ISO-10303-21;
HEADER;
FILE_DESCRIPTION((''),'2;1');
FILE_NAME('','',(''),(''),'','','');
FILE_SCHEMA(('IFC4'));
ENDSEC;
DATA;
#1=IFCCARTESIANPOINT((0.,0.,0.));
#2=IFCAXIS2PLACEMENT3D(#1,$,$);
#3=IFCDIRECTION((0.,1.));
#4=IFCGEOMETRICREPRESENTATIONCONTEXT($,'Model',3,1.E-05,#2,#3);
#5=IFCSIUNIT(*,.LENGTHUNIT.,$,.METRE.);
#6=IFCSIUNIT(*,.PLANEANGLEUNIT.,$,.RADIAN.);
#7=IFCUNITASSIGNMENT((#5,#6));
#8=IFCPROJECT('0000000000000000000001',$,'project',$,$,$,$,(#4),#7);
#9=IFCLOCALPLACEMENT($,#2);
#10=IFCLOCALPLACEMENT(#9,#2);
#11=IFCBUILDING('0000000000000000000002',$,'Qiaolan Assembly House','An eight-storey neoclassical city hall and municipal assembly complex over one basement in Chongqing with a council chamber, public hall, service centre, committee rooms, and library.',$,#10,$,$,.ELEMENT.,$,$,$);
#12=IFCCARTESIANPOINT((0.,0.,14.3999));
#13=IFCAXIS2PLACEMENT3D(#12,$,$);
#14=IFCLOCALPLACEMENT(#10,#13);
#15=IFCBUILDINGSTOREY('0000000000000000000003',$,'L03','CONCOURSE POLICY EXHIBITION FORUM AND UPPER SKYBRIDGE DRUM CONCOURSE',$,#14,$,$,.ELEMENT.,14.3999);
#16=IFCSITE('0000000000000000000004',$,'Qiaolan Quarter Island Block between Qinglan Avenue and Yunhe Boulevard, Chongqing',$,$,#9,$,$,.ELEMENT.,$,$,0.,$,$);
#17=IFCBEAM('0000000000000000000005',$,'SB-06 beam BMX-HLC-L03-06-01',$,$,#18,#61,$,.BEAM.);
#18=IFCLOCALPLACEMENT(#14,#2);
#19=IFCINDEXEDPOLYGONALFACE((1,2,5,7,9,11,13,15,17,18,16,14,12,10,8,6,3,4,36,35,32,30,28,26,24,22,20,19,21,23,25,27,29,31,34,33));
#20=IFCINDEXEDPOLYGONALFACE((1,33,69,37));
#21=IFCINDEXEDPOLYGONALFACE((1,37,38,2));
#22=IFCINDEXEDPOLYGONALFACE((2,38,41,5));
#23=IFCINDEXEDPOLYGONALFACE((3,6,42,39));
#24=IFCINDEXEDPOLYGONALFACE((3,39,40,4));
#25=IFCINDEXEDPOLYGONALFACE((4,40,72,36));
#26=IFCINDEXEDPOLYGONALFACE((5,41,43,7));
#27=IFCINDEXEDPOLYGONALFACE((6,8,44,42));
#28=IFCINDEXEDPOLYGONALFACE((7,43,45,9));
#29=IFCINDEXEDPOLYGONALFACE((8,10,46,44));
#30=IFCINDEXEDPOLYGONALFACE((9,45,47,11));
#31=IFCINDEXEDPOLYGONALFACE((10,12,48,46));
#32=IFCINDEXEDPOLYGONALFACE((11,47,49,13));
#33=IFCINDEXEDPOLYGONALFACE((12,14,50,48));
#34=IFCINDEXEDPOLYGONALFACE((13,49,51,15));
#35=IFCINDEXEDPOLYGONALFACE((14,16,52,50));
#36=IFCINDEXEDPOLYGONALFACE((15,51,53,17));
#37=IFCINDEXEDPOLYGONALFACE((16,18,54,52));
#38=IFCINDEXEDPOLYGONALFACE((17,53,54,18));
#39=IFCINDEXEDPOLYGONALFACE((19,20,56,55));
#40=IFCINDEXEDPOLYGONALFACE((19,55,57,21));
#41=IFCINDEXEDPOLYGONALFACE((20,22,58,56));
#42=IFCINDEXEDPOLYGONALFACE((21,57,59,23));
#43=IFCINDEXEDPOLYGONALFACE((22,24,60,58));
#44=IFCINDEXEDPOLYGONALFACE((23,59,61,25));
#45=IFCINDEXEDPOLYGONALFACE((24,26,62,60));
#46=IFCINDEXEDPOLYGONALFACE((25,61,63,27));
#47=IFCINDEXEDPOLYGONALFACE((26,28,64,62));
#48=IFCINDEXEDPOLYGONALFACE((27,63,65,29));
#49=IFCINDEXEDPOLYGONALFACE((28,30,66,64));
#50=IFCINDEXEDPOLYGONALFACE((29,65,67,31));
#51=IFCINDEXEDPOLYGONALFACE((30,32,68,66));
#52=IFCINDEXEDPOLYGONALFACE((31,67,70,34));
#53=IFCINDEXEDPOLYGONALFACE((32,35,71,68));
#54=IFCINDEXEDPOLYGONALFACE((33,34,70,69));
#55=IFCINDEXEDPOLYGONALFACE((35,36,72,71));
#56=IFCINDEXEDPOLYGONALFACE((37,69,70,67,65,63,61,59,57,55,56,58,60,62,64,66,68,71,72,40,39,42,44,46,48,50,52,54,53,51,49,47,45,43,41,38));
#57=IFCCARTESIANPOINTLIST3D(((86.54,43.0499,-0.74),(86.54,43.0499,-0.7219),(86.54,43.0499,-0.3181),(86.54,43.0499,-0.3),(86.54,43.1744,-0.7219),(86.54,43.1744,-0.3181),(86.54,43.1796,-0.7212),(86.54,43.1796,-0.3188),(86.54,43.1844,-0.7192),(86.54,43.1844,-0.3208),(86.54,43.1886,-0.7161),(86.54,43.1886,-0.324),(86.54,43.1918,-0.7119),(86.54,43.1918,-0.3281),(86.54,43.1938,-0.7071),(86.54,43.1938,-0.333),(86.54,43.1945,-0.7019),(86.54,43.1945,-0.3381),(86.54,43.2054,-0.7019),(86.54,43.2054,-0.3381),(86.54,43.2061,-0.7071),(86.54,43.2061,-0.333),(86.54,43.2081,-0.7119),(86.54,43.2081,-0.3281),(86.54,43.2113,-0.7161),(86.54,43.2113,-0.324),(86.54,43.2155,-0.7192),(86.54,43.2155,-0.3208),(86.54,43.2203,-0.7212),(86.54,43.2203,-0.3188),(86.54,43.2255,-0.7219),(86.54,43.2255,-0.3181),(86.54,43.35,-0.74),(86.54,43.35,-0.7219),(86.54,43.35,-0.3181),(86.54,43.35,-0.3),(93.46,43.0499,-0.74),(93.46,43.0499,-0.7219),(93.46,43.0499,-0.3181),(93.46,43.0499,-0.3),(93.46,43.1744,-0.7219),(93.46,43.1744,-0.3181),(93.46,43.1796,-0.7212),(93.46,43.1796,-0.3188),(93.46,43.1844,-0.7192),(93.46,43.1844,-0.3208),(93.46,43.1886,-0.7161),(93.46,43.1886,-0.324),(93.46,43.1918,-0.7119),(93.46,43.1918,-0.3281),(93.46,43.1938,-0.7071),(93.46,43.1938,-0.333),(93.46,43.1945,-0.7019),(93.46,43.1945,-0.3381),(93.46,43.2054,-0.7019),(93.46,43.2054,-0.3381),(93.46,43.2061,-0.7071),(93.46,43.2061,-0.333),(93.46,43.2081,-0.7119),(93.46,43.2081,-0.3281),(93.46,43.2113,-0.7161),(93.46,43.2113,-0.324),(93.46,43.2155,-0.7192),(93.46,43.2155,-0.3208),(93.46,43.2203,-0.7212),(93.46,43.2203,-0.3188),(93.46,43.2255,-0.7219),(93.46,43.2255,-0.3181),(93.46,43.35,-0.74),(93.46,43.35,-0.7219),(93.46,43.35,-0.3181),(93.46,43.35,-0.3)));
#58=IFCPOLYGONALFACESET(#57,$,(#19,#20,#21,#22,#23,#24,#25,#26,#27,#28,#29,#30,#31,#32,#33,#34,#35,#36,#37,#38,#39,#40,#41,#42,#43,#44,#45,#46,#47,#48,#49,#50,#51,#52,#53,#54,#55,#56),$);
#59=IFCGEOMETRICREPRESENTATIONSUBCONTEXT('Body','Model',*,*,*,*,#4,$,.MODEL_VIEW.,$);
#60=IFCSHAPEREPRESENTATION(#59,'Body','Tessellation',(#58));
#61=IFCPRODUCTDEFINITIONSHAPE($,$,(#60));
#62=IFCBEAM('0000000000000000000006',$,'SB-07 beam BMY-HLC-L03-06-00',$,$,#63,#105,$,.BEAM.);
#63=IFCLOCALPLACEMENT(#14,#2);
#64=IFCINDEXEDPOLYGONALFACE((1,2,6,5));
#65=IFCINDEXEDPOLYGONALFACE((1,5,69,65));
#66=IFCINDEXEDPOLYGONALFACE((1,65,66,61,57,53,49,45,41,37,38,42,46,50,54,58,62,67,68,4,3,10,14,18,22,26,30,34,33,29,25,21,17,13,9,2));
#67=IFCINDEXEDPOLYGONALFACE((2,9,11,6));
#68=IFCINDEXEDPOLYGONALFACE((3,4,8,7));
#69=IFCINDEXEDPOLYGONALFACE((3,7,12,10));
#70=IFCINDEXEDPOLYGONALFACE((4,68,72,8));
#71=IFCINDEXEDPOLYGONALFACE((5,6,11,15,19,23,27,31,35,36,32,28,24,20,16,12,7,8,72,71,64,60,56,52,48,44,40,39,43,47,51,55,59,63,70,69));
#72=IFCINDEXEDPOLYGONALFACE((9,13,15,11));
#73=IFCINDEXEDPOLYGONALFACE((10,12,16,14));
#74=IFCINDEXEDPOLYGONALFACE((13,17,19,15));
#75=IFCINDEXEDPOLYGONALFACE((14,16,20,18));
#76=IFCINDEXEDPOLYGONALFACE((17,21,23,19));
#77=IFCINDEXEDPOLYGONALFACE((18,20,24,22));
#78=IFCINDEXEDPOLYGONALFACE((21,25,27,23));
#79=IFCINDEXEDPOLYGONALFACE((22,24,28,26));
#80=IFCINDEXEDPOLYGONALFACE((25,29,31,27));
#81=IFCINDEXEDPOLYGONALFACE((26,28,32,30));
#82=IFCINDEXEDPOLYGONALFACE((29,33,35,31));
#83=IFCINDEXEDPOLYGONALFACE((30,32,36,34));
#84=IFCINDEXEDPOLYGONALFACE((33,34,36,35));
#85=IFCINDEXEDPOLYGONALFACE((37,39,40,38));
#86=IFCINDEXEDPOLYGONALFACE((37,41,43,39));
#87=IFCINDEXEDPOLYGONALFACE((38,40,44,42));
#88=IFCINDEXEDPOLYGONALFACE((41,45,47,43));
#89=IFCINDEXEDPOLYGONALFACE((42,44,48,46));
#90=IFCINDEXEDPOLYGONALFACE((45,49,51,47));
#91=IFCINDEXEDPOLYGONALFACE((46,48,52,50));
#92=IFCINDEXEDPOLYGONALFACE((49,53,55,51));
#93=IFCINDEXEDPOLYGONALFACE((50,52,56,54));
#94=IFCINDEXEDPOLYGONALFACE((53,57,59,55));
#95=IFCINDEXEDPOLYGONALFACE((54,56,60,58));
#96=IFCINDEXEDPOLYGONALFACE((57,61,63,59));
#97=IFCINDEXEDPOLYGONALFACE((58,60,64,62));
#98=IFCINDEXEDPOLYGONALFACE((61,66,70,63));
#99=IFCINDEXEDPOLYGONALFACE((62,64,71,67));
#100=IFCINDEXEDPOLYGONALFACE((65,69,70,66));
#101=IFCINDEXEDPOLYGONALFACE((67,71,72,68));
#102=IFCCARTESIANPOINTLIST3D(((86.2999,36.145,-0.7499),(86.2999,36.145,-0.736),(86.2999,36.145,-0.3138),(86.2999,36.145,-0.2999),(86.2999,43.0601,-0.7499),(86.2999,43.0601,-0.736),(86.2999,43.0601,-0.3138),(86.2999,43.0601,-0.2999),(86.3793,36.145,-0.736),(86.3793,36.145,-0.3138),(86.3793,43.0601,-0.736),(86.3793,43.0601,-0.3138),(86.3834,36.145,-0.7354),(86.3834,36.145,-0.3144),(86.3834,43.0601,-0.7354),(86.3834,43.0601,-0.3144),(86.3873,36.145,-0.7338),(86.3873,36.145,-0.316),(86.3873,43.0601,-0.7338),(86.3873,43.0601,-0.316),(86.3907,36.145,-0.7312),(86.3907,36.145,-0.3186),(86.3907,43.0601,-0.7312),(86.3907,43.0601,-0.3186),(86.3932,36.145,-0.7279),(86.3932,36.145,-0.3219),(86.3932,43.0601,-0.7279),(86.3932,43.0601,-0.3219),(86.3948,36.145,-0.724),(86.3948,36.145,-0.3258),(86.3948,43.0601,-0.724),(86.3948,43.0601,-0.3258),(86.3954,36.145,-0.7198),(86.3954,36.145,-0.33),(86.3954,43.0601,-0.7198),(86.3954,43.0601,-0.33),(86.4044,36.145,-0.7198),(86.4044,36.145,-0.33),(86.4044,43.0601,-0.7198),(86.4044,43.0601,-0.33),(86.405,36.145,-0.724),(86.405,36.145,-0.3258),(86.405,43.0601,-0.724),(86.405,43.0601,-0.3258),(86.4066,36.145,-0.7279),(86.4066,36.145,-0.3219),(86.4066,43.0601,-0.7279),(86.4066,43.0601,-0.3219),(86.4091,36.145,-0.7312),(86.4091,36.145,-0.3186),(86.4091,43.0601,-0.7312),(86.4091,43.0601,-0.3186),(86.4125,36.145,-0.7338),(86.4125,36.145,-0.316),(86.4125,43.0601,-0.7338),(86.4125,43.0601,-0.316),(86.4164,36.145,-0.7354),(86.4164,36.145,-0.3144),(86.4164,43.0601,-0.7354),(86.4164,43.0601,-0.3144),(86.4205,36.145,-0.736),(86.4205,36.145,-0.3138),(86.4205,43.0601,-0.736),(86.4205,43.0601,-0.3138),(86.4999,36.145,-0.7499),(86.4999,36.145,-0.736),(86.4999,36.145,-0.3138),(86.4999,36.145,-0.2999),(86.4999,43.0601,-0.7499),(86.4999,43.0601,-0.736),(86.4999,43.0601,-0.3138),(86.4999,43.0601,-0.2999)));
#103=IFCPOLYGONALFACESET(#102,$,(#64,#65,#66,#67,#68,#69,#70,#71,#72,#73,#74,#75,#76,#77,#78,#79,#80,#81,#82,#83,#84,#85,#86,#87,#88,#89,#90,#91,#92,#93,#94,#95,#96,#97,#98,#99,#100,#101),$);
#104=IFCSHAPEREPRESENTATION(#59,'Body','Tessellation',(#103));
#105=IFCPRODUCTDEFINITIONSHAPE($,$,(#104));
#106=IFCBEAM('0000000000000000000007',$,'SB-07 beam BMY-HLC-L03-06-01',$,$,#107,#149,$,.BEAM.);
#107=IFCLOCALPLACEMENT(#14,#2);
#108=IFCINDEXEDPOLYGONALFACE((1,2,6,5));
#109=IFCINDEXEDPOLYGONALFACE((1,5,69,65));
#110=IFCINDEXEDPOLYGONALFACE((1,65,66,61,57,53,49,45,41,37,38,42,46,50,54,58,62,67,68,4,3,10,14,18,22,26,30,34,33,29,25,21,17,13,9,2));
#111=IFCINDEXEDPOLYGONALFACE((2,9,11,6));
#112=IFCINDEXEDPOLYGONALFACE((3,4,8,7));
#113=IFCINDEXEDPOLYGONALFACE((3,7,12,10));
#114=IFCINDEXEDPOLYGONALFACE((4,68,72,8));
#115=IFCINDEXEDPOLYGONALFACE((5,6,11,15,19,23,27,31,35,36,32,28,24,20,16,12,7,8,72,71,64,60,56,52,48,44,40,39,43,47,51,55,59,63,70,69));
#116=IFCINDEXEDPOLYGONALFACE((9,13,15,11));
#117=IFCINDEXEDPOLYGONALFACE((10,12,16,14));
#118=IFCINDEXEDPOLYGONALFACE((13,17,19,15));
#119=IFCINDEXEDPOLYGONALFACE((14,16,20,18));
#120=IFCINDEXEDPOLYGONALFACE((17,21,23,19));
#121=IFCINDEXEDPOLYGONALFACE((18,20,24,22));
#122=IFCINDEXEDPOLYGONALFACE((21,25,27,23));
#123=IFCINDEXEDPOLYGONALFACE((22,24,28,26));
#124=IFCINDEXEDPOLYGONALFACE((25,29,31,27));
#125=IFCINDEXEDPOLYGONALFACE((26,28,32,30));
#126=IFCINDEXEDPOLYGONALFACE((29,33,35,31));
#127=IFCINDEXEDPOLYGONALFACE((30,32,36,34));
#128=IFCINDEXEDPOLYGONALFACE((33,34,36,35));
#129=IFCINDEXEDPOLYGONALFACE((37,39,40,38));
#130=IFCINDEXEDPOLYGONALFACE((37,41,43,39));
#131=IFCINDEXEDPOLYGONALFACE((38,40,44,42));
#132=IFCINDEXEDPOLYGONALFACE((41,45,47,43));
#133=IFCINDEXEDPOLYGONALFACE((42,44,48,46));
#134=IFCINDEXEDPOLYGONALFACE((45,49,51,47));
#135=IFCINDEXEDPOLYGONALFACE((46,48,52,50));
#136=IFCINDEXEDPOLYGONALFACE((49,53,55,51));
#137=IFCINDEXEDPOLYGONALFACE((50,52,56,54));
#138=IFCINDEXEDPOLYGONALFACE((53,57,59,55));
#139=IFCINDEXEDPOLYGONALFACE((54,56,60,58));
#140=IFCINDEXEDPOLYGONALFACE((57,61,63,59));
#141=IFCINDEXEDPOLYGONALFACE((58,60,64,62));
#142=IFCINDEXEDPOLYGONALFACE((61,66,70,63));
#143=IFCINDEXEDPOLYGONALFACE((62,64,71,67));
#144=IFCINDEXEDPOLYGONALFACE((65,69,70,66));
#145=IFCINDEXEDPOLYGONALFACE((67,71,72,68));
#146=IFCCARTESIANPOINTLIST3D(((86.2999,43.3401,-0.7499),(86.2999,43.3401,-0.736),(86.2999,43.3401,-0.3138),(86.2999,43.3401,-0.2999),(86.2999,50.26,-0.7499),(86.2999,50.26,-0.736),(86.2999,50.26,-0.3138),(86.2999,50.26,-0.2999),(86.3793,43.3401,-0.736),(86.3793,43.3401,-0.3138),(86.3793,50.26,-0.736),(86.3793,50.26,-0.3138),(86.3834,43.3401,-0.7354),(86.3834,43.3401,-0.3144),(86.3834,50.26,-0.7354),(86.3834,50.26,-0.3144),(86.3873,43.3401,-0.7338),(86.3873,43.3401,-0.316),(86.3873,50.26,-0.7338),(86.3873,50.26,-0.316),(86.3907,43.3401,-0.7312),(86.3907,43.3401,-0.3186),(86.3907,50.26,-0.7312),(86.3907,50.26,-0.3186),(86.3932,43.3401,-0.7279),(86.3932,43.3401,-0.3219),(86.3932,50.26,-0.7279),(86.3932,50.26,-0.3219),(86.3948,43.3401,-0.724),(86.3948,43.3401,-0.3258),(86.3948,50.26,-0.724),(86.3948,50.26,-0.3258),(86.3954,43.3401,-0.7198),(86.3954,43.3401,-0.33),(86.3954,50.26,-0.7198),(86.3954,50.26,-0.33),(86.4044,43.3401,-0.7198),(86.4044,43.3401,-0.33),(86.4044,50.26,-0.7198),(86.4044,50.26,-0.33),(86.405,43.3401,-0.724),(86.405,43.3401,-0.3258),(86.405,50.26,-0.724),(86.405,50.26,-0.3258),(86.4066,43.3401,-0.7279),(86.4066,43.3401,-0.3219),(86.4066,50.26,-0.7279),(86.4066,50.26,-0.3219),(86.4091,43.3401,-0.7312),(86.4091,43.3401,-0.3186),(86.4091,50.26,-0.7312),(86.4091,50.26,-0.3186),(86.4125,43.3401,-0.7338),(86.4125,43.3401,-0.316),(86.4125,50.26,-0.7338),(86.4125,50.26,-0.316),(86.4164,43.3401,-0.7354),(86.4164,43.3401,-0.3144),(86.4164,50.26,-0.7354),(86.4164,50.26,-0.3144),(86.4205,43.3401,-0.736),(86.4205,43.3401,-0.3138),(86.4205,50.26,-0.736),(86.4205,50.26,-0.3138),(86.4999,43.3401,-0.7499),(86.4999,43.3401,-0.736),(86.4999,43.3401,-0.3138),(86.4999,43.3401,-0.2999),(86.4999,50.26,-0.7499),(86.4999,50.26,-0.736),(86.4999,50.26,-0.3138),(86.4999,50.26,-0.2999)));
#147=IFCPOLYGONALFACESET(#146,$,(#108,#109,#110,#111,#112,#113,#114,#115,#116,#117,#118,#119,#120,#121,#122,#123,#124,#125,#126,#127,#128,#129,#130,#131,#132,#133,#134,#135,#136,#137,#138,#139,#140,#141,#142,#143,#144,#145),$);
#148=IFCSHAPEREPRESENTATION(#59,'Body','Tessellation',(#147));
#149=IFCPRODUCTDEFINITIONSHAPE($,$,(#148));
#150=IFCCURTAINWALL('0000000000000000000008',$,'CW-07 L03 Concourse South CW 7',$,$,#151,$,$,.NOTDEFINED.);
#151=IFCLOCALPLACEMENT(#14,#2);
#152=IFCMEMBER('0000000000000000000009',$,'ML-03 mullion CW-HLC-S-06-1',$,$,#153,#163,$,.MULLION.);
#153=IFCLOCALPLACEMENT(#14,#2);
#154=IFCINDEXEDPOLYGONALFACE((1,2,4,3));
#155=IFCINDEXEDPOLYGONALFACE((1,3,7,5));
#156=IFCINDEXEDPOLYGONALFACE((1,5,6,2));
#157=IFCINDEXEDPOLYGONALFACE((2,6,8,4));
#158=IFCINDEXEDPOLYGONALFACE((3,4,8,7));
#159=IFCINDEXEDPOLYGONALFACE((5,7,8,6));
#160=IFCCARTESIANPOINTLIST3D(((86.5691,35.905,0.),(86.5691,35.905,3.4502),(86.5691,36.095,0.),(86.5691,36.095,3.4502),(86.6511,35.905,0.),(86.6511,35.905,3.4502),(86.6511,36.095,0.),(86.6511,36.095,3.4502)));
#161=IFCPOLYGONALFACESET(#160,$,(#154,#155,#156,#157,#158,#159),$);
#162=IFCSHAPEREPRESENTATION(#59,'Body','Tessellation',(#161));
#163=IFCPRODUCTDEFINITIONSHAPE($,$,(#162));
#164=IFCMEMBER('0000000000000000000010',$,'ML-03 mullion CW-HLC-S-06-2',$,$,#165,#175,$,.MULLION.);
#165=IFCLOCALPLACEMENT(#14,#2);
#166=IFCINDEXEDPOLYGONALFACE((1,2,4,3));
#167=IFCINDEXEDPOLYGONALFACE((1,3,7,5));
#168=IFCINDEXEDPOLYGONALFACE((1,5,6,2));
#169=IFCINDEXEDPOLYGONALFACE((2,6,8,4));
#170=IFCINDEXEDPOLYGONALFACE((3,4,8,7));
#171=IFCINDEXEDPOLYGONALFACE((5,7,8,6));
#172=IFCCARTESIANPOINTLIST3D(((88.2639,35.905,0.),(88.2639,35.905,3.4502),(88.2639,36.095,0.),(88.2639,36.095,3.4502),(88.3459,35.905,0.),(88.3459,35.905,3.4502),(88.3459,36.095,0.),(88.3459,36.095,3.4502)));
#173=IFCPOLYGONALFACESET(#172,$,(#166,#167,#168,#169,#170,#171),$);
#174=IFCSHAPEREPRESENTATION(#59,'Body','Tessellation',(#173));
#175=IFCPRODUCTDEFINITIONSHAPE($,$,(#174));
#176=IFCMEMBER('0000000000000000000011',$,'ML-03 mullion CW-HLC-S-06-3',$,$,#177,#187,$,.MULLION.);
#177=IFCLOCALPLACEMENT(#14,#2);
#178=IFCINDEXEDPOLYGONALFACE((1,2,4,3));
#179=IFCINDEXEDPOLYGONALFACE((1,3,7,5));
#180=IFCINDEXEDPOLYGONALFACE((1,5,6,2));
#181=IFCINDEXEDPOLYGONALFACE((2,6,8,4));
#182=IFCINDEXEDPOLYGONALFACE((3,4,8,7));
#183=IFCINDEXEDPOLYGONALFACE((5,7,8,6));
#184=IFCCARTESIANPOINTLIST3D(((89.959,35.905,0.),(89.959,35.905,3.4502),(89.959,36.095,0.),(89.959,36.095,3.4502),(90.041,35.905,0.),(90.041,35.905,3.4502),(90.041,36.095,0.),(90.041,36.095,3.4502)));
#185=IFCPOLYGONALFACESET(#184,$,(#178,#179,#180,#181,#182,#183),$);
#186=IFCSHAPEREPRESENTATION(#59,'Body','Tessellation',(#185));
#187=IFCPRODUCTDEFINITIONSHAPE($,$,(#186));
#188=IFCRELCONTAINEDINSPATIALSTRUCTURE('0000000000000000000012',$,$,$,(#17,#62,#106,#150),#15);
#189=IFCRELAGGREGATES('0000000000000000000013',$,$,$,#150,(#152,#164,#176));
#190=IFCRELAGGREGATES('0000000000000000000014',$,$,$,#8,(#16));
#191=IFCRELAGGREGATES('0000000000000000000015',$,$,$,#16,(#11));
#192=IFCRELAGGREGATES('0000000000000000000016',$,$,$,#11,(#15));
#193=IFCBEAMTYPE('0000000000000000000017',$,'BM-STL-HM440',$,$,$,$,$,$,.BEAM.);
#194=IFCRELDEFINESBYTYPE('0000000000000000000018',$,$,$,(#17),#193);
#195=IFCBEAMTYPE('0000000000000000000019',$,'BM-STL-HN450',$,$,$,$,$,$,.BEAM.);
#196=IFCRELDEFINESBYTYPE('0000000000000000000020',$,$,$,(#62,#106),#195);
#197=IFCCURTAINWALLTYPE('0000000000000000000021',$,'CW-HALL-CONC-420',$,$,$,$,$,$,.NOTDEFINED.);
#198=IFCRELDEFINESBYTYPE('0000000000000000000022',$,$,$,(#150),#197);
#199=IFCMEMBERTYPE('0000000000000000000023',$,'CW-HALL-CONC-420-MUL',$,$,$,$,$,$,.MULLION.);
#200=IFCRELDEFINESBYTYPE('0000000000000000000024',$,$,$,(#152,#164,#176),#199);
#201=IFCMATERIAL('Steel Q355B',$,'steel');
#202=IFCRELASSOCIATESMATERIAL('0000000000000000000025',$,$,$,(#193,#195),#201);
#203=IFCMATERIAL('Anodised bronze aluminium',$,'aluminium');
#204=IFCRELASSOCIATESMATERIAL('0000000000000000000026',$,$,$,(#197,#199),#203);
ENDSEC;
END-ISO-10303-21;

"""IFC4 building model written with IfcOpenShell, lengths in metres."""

from ifc_helpers import new_model, si_unit, direction, frame, origin, origin_2d, place, context, subcontext, project, spatial, rectangle, i_section, extrude, material, material_profile, profile_set, type_object, element, aggregate, save


model = new_model("IFC4")

# Units and contexts
model_context = context("Model", 3, precision=1e-05, world=origin(), true_north=direction((0.0, 1.0)))
body_context = subcontext(model_context, "Body", "Model", "MODEL_VIEW")
ifc_project = project(units=[si_unit("LENGTHUNIT", "METRE"), si_unit("PLANEANGLEUNIT", "RADIAN")], contexts=[model_context])

# Site, building, storey
site_placement = place(None, origin())
site = spatial("IfcSite", under=ifc_project, at=site_placement, Name="Qiaolan Quarter Island Block between Qinglan Avenue and Yunhe Boulevard, Chongqing", CompositionType="ELEMENT", RefElevation=0.0)
building_placement = place(site_placement, origin())
building = spatial("IfcBuilding", under=site, at=building_placement, Name="Qiaolan Assembly House", Description="An eight-storey neoclassical city hall and municipal assembly complex over one basement in Chongqing with a council chamber, public hall, service centre, committee rooms, and library.", CompositionType="ELEMENT")
storey_placement = place(building_placement, frame((0.0, 0.0, 14.3999)))
storey = spatial("IfcBuildingStorey", under=building, at=storey_placement, Name="L03", Description="CONCOURSE POLICY EXHIBITION FORUM AND UPPER SKYBRIDGE DRUM CONCOURSE", CompositionType="ELEMENT", Elevation=14.3999)

# Shared definitions
ifc_material_1 = material(Name="Steel Q355B", Category="steel")

# Beams
ifc_material_profile_1 = material_profile(ifc_material_1, i_section(OverallWidth=0.3, OverallDepth=0.4399, WebThickness=0.011, FlangeThickness=0.0181, FilletRadius=0.02, at=origin_2d()), Name="HM 440x300x11x18")
ifc_profile_set_1 = profile_set([ifc_material_profile_1], Name="Steel Q355B")
beam_type_1 = type_object("IfcBeamType", Name="BM-STL-HM440", PredefinedType="BEAM", material=ifc_profile_set_1)
beam_1_placement = place(storey_placement, frame((86.54, 43.2, -0.52), z_axis=(1.0, 0.0, 0.0), x_axis=(0.0, 1.0, 0.0)))
element("IfcBeam", 1, at=beam_1_placement, inside=storey, type_object=beam_type_1, Name="SB-06 beam BMX-HLC-L03-06-01", PredefinedType="BEAM", context=body_context, shape_type="SweptSolid", body=[
    extrude(i_section(OverallWidth=0.3, OverallDepth=0.4399, WebThickness=0.011, FlangeThickness=0.0181, FilletRadius=0.02, at=origin_2d()), origin(), (0.0, 0.0, 1.0), 6.9199),
])
ifc_material_profile_2 = material_profile(ifc_material_1, i_section(OverallWidth=0.2, OverallDepth=0.45, WebThickness=0.009, FlangeThickness=0.0139, FilletRadius=0.0161, at=origin_2d()), Name="HN 450x200x9x14")
ifc_profile_set_2 = profile_set([ifc_material_profile_2], Name="Steel Q355B")
beam_type_2 = type_object("IfcBeamType", Name="BM-STL-HN450", PredefinedType="BEAM", material=ifc_profile_set_2)
beam_2_placement = place(storey_placement, frame((86.3999, 36.145, -0.5249), z_axis=(0.0, 1.0, 0.0), x_axis=(-1.0, 0.0, 0.0)))
element("IfcBeam", 2, at=beam_2_placement, inside=storey, type_object=beam_type_2, Name="SB-07 beam BMY-HLC-L03-06-00", PredefinedType="BEAM", context=body_context, shape_type="SweptSolid", body=[
    extrude(i_section(OverallWidth=0.2, OverallDepth=0.45, WebThickness=0.009, FlangeThickness=0.0139, FilletRadius=0.0161, at=origin_2d()), origin(), (0.0, 0.0, 1.0), 6.915),
])
beam_3_placement = place(storey_placement, frame((86.3999, 43.3401, -0.5249), z_axis=(0.0, 1.0, 0.0), x_axis=(-1.0, 0.0, 0.0)))
element("IfcBeam", 3, at=beam_3_placement, inside=storey, type_object=beam_type_2, Name="SB-07 beam BMY-HLC-L03-06-01", PredefinedType="BEAM", context=body_context, shape_type="SweptSolid", body=[
    extrude(i_section(OverallWidth=0.2, OverallDepth=0.45, WebThickness=0.009, FlangeThickness=0.0139, FilletRadius=0.0161, at=origin_2d()), origin(), (0.0, 0.0, 1.0), 6.9199),
])

# Curtain wall, members
ifc_material_2 = material(Name="Anodised bronze aluminium", Category="aluminium")
curtain_wall_type = type_object("IfcCurtainWallType", Name="CW-HALL-CONC-420", PredefinedType="NOTDEFINED", material=ifc_material_2)
curtain_wall_placement = place(storey_placement, origin())
curtain_wall = element("IfcCurtainWall", 4, at=curtain_wall_placement, inside=storey, type_object=curtain_wall_type, Name="CW-07 L03 Concourse South CW 7", PredefinedType="NOTDEFINED")
ifc_material_profile_3 = material_profile(ifc_material_2, rectangle(XDim=0.082, YDim=0.1899, at=origin_2d()), Name="MUL 82x190")
ifc_profile_set_3 = profile_set([ifc_material_profile_3], Name="Anodised bronze aluminium")
member_type_1 = type_object("IfcMemberType", Name="CW-HALL-CONC-420-MUL", PredefinedType="MULLION", material=ifc_profile_set_3)
member_1_placement = place(storey_placement, frame((86.6101, 36.0, 0.0), z_axis=(0.0, 0.0, 1.0), x_axis=(1.0, 0.0, 0.0)))
member_1 = element("IfcMember", 5, at=member_1_placement, type_object=member_type_1, Name="ML-03 mullion CW-HLC-S-06-1", PredefinedType="MULLION", context=body_context, shape_type="SweptSolid", body=[
    extrude(rectangle(XDim=0.082, YDim=0.1899, at=origin_2d()), origin(), (0.0, 0.0, 1.0), 3.4502),
])
member_2_placement = place(storey_placement, frame((88.3049, 36.0, 0.0), z_axis=(0.0, 0.0, 1.0), x_axis=(1.0, 0.0, 0.0)))
member_2 = element("IfcMember", 6, at=member_2_placement, type_object=member_type_1, Name="ML-03 mullion CW-HLC-S-06-2", PredefinedType="MULLION", context=body_context, shape_type="SweptSolid", body=[
    extrude(rectangle(XDim=0.082, YDim=0.1899, at=origin_2d()), origin(), (0.0, 0.0, 1.0), 3.4502),
])
member_3_placement = place(storey_placement, frame((90.0, 36.0, 0.0), z_axis=(0.0, 0.0, 1.0), x_axis=(1.0, 0.0, 0.0)))
member_3 = element("IfcMember", 7, at=member_3_placement, type_object=member_type_1, Name="ML-03 mullion CW-HLC-S-06-3", PredefinedType="MULLION", context=body_context, shape_type="SweptSolid", body=[
    extrude(rectangle(XDim=0.082, YDim=0.1899, at=origin_2d()), origin(), (0.0, 0.0, 1.0), 3.4502),
])

aggregate(curtain_wall, [member_1, member_2, member_3])

save(model, "model.ifc")
